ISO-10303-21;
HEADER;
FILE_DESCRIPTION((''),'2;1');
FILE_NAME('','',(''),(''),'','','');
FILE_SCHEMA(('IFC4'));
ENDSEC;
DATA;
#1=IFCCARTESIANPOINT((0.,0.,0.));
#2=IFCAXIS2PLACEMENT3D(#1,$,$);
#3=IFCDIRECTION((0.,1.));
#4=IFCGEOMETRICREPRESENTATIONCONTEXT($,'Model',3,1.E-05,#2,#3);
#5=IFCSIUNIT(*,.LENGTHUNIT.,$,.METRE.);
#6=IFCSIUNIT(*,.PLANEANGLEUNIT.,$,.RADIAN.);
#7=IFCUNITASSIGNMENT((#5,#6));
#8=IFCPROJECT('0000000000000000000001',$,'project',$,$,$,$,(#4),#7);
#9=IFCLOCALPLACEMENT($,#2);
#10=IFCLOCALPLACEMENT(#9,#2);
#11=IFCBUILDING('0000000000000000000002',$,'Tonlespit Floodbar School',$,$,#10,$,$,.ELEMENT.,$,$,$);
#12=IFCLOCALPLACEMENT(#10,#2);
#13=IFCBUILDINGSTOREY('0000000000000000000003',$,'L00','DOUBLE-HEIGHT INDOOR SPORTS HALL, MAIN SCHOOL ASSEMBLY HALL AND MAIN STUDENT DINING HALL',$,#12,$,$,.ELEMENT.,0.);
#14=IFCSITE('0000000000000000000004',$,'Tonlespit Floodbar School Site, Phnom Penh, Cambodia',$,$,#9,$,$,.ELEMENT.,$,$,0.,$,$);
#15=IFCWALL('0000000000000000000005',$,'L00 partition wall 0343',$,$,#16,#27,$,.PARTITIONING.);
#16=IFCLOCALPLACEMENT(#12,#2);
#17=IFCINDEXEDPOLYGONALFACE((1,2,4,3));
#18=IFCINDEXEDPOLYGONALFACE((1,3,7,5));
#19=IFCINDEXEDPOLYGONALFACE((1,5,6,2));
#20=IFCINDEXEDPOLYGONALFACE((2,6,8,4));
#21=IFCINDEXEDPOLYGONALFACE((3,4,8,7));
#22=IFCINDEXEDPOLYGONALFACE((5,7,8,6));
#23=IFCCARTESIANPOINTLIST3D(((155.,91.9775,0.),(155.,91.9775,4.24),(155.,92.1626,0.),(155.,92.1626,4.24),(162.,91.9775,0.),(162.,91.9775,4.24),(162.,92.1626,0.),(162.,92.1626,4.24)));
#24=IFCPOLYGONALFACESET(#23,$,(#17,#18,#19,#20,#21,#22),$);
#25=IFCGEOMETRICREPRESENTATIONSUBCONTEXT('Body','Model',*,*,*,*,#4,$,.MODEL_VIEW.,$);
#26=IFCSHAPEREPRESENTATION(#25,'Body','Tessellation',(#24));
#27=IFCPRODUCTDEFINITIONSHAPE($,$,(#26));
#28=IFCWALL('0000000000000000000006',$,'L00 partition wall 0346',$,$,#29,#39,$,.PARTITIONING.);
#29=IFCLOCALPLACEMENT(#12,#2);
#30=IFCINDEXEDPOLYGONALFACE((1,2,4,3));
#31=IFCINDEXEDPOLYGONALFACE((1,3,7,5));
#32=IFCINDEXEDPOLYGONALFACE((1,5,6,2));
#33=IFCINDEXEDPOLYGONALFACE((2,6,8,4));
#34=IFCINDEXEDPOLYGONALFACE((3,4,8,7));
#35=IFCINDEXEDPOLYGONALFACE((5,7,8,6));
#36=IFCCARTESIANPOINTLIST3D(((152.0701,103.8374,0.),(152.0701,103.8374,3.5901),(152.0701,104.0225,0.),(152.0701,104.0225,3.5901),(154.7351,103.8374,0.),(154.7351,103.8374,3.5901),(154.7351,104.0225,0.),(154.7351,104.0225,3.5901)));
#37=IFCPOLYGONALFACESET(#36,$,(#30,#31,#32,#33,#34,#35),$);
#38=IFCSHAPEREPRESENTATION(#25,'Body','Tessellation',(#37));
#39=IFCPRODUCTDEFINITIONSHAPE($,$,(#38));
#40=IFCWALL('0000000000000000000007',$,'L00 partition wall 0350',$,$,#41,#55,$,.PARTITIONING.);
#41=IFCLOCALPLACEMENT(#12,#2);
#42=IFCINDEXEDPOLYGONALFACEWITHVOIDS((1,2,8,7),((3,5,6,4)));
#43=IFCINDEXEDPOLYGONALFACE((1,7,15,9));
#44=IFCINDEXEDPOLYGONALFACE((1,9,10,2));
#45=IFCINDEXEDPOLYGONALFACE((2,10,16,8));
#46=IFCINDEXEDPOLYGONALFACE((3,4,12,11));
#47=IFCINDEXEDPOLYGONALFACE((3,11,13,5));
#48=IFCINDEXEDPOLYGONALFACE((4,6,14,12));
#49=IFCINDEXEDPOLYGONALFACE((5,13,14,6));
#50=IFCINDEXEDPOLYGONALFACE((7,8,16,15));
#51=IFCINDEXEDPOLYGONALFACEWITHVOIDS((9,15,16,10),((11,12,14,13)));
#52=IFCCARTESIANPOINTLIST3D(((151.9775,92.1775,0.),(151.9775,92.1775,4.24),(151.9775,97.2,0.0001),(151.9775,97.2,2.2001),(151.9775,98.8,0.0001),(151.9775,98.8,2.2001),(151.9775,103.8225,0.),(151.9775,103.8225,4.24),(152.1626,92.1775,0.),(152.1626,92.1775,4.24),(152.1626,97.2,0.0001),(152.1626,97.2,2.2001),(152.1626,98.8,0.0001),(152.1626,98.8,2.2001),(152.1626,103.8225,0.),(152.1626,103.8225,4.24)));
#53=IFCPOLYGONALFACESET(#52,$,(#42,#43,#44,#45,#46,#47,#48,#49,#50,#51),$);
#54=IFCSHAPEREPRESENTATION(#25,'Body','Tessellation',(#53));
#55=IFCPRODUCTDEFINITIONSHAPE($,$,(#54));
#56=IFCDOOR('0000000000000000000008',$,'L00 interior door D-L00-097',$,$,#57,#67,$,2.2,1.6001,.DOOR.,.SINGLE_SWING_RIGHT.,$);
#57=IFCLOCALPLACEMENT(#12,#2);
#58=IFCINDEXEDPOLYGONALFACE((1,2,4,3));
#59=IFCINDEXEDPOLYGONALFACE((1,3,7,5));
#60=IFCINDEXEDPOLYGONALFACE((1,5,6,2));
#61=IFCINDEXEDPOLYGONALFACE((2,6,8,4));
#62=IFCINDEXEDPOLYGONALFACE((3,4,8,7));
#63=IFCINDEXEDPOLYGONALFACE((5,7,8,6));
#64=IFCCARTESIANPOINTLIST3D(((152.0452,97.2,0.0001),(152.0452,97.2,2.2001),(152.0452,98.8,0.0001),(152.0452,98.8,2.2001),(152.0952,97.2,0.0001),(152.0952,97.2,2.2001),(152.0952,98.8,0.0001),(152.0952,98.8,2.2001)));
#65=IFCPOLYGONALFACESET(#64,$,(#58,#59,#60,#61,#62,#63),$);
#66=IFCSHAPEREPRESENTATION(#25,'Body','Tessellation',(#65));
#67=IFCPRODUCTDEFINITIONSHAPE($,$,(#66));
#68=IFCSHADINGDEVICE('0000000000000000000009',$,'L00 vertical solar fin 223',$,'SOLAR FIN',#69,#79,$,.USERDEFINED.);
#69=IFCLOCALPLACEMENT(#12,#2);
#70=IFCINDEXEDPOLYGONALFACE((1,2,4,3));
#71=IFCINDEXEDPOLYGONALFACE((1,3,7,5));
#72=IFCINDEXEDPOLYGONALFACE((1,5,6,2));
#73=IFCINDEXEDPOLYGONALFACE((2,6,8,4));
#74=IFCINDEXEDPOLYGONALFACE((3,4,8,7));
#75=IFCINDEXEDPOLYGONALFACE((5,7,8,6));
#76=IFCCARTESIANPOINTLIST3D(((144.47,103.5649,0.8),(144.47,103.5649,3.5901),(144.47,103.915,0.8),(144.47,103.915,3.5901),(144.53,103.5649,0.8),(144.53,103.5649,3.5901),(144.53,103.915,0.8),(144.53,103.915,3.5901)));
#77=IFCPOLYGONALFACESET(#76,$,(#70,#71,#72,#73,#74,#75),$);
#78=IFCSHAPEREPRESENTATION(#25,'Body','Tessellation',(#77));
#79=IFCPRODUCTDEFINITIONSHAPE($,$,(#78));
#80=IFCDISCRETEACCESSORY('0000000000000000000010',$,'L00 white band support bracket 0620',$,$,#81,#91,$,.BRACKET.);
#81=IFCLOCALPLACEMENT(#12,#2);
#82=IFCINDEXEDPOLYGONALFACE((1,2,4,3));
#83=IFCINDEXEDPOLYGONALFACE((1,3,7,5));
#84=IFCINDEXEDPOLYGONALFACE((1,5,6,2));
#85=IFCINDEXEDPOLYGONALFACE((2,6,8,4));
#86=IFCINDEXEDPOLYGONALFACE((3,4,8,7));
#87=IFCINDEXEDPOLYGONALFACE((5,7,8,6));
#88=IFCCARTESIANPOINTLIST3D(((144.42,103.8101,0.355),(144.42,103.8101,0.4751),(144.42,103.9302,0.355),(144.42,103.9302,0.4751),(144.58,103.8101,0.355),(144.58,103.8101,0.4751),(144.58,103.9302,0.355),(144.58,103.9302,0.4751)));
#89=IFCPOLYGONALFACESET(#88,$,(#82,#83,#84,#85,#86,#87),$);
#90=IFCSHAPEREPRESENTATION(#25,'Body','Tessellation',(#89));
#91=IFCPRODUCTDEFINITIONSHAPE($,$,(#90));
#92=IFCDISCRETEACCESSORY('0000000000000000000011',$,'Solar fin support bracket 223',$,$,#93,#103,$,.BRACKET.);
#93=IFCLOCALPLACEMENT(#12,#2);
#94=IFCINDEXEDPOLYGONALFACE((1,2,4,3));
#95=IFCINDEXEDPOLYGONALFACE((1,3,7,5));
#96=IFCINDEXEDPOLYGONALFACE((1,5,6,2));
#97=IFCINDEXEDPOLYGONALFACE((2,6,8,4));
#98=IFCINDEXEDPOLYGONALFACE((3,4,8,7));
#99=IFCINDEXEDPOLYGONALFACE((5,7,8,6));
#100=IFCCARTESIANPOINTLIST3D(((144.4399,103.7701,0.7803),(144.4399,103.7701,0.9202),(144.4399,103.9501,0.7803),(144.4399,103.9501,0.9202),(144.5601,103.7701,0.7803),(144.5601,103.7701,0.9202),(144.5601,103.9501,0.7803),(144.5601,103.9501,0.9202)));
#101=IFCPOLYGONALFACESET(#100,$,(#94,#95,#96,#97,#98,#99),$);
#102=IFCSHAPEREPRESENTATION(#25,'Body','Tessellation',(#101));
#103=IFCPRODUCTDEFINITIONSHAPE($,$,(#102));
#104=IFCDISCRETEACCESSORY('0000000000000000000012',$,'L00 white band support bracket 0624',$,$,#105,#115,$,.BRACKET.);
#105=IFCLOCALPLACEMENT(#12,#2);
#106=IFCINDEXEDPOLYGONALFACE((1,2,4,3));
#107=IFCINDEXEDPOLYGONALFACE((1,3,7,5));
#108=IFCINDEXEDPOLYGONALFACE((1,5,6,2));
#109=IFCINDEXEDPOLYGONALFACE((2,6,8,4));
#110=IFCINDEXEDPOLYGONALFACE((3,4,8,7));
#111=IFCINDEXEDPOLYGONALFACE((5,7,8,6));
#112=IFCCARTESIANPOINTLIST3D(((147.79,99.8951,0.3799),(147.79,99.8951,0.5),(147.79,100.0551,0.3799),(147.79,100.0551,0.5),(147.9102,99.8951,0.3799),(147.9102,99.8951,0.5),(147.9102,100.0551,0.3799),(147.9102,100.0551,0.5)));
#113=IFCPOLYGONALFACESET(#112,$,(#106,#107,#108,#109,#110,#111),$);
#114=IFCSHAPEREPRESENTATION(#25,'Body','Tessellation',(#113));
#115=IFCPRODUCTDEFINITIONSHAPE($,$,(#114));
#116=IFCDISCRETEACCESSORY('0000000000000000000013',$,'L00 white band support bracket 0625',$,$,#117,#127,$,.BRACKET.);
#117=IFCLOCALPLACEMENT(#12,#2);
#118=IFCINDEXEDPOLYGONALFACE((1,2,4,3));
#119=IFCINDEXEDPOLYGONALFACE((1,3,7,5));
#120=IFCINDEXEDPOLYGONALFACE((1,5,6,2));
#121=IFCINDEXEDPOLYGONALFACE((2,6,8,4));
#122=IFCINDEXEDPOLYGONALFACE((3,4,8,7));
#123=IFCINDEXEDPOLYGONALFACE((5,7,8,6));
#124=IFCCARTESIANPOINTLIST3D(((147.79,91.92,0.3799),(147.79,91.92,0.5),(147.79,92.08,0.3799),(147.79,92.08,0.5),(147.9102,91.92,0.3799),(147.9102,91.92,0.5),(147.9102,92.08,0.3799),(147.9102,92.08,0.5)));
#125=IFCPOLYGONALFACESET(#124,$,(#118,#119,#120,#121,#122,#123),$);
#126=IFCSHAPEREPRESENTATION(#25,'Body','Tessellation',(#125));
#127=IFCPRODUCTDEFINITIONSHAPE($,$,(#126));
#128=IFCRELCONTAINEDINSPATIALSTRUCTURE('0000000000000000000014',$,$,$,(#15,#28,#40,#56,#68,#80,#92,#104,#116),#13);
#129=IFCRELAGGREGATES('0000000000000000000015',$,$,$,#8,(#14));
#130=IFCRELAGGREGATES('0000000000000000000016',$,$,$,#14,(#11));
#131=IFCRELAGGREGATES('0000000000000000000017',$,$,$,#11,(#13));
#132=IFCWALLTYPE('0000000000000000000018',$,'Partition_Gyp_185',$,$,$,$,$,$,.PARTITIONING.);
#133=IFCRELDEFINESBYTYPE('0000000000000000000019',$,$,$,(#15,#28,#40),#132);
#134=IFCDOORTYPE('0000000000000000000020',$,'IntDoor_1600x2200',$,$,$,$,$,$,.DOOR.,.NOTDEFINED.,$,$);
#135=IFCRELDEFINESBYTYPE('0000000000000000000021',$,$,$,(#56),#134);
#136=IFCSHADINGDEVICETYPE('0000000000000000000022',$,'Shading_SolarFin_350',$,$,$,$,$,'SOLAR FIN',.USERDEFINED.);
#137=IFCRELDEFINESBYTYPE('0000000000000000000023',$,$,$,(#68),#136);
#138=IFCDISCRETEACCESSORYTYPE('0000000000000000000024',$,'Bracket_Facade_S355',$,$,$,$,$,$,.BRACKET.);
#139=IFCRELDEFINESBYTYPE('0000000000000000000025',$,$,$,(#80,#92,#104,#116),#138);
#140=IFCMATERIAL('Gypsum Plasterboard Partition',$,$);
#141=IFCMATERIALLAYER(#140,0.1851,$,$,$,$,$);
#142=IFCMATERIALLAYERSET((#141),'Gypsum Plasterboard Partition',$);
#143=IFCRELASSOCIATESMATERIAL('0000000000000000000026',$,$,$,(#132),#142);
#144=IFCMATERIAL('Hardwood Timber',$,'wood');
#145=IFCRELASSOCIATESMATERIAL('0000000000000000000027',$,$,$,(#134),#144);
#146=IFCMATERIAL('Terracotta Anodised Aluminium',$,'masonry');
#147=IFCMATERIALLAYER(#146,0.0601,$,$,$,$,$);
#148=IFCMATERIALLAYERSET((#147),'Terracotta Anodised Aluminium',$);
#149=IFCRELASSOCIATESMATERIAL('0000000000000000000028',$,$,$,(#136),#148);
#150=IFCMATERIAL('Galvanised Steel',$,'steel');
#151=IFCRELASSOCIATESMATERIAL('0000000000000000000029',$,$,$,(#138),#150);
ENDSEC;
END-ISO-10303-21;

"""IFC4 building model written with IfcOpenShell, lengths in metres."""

from ifc_helpers import new_model, si_unit, direction, frame, frame_2d, origin, origin_2d, place, context, subcontext, project, spatial, rectangle, extrude, material, layer, layer_set, type_object, element, fill, save


model = new_model("IFC4")

# Units and contexts
model_context = context("Model", 3, precision=1e-05, world=origin(), true_north=direction((0.0, 1.0)))
body_context = subcontext(model_context, "Body", "Model", "MODEL_VIEW")
ifc_project = project(units=[si_unit("LENGTHUNIT", "METRE"), si_unit("PLANEANGLEUNIT", "RADIAN")], contexts=[model_context])

# Site, building, storey
site_placement = place(None, origin())
site = spatial("IfcSite", under=ifc_project, at=site_placement, Name="Tonlespit Floodbar School Site, Phnom Penh, Cambodia", CompositionType="ELEMENT", RefElevation=0.0)
building_placement = place(site_placement, origin())
building = spatial("IfcBuilding", under=site, at=building_placement, Name="Tonlespit Floodbar School", CompositionType="ELEMENT")
storey_placement = place(building_placement, origin())
storey = spatial("IfcBuildingStorey", under=building, at=storey_placement, Name="L00", Description="DOUBLE-HEIGHT INDOOR SPORTS HALL, MAIN SCHOOL ASSEMBLY HALL AND MAIN STUDENT DINING HALL", CompositionType="ELEMENT", Elevation=0.0)

# Walls
ifc_material_1 = material(Name="Gypsum Plasterboard Partition")
ifc_layer_1 = layer(ifc_material_1, 0.1851)
ifc_layer_set_1 = layer_set([ifc_layer_1], Name="Gypsum Plasterboard Partition")
wall_type_1 = type_object("IfcWallType", Name="Partition_Gyp_185", PredefinedType="PARTITIONING", material=ifc_layer_set_1)
wall_1_placement = place(storey_placement, frame((155.0, 92.0701, 0.0), z_axis=(0.0, 0.0, 1.0), x_axis=(1.0, 0.0, 0.0)))
element("IfcWall", 1, at=wall_1_placement, inside=storey, type_object=wall_type_1, Name="L00 partition wall 0343", PredefinedType="PARTITIONING", context=body_context, shape_type="SweptSolid", body=[
    extrude(rectangle(XDim=7.0, YDim=0.1851, at=frame_2d((3.5, 0.0))), origin(), (0.0, 0.0, 1.0), 4.24),
])
wall_2_placement = place(storey_placement, frame((152.0701, 103.9299, 0.0), z_axis=(0.0, 0.0, 1.0), x_axis=(1.0, 0.0, 0.0)))
element("IfcWall", 2, at=wall_2_placement, inside=storey, type_object=wall_type_1, Name="L00 partition wall 0346", PredefinedType="PARTITIONING", context=body_context, shape_type="SweptSolid", body=[
    extrude(rectangle(XDim=2.665, YDim=0.1851, at=frame_2d((1.3325, 0.0))), origin(), (0.0, 0.0, 1.0), 3.5901),
])

# Wall, opening, door
wall_3_placement = place(storey_placement, frame((152.0701, 92.1775, 0.0), z_axis=(0.0, 0.0, 1.0), x_axis=(0.0, 1.0, 0.0)))
wall_3 = element("IfcWall", 3, at=wall_3_placement, inside=storey, type_object=wall_type_1, Name="L00 partition wall 0350", PredefinedType="PARTITIONING", context=body_context, shape_type="SweptSolid", body=[
    extrude(rectangle(XDim=11.645, YDim=0.1851, at=frame_2d((5.8225, 0.0))), origin(), (0.0, 0.0, 1.0), 4.24),
])
opening_1_placement = place(wall_3_placement, frame((5.0225, 0.0, 0.0)))
opening_1 = element("IfcOpeningElement", 4, at=opening_1_placement, cuts=wall_3, PredefinedType="OPENING", context=body_context, shape_type="SweptSolid", body=[
    extrude(rectangle(XDim=1.6001, YDim=2.2, at=frame_2d((0.8, 1.1001))), frame((0.0, 0.1025, 0.0), z_axis=(0.0, -1.0, 0.0), x_axis=(1.0, 0.0, 0.0)), (0.0, 0.0, 1.0), 0.2051),
])
ifc_material_2 = material(Name="Hardwood Timber", Category="wood")
door_type = type_object("IfcDoorType", Name="IntDoor_1600x2200", OperationType="NOTDEFINED", PredefinedType="DOOR", material=ifc_material_2)
door_placement = place(opening_1_placement, origin())
door = element("IfcDoor", 5, at=door_placement, inside=storey, type_object=door_type, Name="L00 interior door D-L00-097", OperationType="SINGLE_SWING_RIGHT", OverallHeight=2.2, OverallWidth=1.6001, PredefinedType="DOOR", context=body_context, shape_type="SweptSolid", body=[
    extrude(rectangle(XDim=1.6001, YDim=2.2, at=frame_2d((0.8, 1.1001))), frame((0.0, 0.0249, 0.0), z_axis=(0.0, -1.0, 0.0), x_axis=(1.0, 0.0, 0.0)), (0.0, 0.0, 1.0), 0.05),
])
fill(opening_1, door)

# Shading device
ifc_material_3 = material(Name="Terracotta Anodised Aluminium", Category="masonry")
ifc_layer_2 = layer(ifc_material_3, 0.0601)
ifc_layer_set_2 = layer_set([ifc_layer_2], Name="Terracotta Anodised Aluminium")
shading_device_type = type_object("IfcShadingDeviceType", Name="Shading_SolarFin_350", ElementType="SOLAR FIN", PredefinedType="USERDEFINED", material=ifc_layer_set_2)
shading_device_placement = place(storey_placement, frame((144.5, 103.74, 0.8), z_axis=(0.0, 0.0, 1.0), x_axis=(-1.0, 0.0, 0.0)))
element("IfcShadingDevice", 6, at=shading_device_placement, inside=storey, type_object=shading_device_type, Name="L00 vertical solar fin 223", ObjectType="SOLAR FIN", PredefinedType="USERDEFINED", context=body_context, shape_type="SweptSolid", body=[
    extrude(rectangle(XDim=0.0601, YDim=0.3501, at=origin_2d()), origin(), (0.0, 0.0, 1.0), 2.79),
])

# Discrete accessories
ifc_material_4 = material(Name="Galvanised Steel", Category="steel")
discrete_accessory_type = type_object("IfcDiscreteAccessoryType", Name="Bracket_Facade_S355", PredefinedType="BRACKET", material=ifc_material_4)
discrete_accessory_1_placement = place(storey_placement, frame((144.5, 103.8701, 0.355), z_axis=(0.0, 0.0, 1.0), x_axis=(-1.0, 0.0, 0.0)))
element("IfcDiscreteAccessory", 7, at=discrete_accessory_1_placement, inside=storey, type_object=discrete_accessory_type, Name="L00 white band support bracket 0620", PredefinedType="BRACKET", context=body_context, shape_type="SweptSolid", body=[
    extrude(rectangle(XDim=0.1599, YDim=0.1201, at=origin_2d()), origin(), (0.0, 0.0, 1.0), 0.1201),
])
discrete_accessory_2_placement = place(storey_placement, frame((144.5, 103.8601, 0.7803), z_axis=(0.0, 0.0, 1.0), x_axis=(-1.0, 0.0, 0.0)))
element("IfcDiscreteAccessory", 8, at=discrete_accessory_2_placement, inside=storey, type_object=discrete_accessory_type, Name="Solar fin support bracket 223", PredefinedType="BRACKET", context=body_context, shape_type="SweptSolid", body=[
    extrude(rectangle(XDim=0.1201, YDim=0.1799, at=origin_2d()), origin(), (0.0, 0.0, 1.0), 0.1399),
])
for number, where, z_axis, x_axis, name in (
    (9, (147.8501, 99.9751, 0.3799), (0.0, 0.0, 1.0), (0.0, 1.0, 0.0), "L00 white band support bracket 0624"),
    (10, (147.8501, 92.0, 0.3799), (0.0, 0.0, 1.0), (0.0, 1.0, 0.0), "L00 white band support bracket 0625"),
):
    element("IfcDiscreteAccessory", number, at=place(storey_placement, frame(where, z_axis=z_axis, x_axis=x_axis)), inside=storey, type_object=discrete_accessory_type, Name=name, PredefinedType="BRACKET", context=body_context, shape_type="SweptSolid", body=[
        extrude(rectangle(XDim=0.1599, YDim=0.1201, at=origin_2d()), origin(), (0.0, 0.0, 1.0), 0.1201),
    ])

save(model, "model.ifc")
